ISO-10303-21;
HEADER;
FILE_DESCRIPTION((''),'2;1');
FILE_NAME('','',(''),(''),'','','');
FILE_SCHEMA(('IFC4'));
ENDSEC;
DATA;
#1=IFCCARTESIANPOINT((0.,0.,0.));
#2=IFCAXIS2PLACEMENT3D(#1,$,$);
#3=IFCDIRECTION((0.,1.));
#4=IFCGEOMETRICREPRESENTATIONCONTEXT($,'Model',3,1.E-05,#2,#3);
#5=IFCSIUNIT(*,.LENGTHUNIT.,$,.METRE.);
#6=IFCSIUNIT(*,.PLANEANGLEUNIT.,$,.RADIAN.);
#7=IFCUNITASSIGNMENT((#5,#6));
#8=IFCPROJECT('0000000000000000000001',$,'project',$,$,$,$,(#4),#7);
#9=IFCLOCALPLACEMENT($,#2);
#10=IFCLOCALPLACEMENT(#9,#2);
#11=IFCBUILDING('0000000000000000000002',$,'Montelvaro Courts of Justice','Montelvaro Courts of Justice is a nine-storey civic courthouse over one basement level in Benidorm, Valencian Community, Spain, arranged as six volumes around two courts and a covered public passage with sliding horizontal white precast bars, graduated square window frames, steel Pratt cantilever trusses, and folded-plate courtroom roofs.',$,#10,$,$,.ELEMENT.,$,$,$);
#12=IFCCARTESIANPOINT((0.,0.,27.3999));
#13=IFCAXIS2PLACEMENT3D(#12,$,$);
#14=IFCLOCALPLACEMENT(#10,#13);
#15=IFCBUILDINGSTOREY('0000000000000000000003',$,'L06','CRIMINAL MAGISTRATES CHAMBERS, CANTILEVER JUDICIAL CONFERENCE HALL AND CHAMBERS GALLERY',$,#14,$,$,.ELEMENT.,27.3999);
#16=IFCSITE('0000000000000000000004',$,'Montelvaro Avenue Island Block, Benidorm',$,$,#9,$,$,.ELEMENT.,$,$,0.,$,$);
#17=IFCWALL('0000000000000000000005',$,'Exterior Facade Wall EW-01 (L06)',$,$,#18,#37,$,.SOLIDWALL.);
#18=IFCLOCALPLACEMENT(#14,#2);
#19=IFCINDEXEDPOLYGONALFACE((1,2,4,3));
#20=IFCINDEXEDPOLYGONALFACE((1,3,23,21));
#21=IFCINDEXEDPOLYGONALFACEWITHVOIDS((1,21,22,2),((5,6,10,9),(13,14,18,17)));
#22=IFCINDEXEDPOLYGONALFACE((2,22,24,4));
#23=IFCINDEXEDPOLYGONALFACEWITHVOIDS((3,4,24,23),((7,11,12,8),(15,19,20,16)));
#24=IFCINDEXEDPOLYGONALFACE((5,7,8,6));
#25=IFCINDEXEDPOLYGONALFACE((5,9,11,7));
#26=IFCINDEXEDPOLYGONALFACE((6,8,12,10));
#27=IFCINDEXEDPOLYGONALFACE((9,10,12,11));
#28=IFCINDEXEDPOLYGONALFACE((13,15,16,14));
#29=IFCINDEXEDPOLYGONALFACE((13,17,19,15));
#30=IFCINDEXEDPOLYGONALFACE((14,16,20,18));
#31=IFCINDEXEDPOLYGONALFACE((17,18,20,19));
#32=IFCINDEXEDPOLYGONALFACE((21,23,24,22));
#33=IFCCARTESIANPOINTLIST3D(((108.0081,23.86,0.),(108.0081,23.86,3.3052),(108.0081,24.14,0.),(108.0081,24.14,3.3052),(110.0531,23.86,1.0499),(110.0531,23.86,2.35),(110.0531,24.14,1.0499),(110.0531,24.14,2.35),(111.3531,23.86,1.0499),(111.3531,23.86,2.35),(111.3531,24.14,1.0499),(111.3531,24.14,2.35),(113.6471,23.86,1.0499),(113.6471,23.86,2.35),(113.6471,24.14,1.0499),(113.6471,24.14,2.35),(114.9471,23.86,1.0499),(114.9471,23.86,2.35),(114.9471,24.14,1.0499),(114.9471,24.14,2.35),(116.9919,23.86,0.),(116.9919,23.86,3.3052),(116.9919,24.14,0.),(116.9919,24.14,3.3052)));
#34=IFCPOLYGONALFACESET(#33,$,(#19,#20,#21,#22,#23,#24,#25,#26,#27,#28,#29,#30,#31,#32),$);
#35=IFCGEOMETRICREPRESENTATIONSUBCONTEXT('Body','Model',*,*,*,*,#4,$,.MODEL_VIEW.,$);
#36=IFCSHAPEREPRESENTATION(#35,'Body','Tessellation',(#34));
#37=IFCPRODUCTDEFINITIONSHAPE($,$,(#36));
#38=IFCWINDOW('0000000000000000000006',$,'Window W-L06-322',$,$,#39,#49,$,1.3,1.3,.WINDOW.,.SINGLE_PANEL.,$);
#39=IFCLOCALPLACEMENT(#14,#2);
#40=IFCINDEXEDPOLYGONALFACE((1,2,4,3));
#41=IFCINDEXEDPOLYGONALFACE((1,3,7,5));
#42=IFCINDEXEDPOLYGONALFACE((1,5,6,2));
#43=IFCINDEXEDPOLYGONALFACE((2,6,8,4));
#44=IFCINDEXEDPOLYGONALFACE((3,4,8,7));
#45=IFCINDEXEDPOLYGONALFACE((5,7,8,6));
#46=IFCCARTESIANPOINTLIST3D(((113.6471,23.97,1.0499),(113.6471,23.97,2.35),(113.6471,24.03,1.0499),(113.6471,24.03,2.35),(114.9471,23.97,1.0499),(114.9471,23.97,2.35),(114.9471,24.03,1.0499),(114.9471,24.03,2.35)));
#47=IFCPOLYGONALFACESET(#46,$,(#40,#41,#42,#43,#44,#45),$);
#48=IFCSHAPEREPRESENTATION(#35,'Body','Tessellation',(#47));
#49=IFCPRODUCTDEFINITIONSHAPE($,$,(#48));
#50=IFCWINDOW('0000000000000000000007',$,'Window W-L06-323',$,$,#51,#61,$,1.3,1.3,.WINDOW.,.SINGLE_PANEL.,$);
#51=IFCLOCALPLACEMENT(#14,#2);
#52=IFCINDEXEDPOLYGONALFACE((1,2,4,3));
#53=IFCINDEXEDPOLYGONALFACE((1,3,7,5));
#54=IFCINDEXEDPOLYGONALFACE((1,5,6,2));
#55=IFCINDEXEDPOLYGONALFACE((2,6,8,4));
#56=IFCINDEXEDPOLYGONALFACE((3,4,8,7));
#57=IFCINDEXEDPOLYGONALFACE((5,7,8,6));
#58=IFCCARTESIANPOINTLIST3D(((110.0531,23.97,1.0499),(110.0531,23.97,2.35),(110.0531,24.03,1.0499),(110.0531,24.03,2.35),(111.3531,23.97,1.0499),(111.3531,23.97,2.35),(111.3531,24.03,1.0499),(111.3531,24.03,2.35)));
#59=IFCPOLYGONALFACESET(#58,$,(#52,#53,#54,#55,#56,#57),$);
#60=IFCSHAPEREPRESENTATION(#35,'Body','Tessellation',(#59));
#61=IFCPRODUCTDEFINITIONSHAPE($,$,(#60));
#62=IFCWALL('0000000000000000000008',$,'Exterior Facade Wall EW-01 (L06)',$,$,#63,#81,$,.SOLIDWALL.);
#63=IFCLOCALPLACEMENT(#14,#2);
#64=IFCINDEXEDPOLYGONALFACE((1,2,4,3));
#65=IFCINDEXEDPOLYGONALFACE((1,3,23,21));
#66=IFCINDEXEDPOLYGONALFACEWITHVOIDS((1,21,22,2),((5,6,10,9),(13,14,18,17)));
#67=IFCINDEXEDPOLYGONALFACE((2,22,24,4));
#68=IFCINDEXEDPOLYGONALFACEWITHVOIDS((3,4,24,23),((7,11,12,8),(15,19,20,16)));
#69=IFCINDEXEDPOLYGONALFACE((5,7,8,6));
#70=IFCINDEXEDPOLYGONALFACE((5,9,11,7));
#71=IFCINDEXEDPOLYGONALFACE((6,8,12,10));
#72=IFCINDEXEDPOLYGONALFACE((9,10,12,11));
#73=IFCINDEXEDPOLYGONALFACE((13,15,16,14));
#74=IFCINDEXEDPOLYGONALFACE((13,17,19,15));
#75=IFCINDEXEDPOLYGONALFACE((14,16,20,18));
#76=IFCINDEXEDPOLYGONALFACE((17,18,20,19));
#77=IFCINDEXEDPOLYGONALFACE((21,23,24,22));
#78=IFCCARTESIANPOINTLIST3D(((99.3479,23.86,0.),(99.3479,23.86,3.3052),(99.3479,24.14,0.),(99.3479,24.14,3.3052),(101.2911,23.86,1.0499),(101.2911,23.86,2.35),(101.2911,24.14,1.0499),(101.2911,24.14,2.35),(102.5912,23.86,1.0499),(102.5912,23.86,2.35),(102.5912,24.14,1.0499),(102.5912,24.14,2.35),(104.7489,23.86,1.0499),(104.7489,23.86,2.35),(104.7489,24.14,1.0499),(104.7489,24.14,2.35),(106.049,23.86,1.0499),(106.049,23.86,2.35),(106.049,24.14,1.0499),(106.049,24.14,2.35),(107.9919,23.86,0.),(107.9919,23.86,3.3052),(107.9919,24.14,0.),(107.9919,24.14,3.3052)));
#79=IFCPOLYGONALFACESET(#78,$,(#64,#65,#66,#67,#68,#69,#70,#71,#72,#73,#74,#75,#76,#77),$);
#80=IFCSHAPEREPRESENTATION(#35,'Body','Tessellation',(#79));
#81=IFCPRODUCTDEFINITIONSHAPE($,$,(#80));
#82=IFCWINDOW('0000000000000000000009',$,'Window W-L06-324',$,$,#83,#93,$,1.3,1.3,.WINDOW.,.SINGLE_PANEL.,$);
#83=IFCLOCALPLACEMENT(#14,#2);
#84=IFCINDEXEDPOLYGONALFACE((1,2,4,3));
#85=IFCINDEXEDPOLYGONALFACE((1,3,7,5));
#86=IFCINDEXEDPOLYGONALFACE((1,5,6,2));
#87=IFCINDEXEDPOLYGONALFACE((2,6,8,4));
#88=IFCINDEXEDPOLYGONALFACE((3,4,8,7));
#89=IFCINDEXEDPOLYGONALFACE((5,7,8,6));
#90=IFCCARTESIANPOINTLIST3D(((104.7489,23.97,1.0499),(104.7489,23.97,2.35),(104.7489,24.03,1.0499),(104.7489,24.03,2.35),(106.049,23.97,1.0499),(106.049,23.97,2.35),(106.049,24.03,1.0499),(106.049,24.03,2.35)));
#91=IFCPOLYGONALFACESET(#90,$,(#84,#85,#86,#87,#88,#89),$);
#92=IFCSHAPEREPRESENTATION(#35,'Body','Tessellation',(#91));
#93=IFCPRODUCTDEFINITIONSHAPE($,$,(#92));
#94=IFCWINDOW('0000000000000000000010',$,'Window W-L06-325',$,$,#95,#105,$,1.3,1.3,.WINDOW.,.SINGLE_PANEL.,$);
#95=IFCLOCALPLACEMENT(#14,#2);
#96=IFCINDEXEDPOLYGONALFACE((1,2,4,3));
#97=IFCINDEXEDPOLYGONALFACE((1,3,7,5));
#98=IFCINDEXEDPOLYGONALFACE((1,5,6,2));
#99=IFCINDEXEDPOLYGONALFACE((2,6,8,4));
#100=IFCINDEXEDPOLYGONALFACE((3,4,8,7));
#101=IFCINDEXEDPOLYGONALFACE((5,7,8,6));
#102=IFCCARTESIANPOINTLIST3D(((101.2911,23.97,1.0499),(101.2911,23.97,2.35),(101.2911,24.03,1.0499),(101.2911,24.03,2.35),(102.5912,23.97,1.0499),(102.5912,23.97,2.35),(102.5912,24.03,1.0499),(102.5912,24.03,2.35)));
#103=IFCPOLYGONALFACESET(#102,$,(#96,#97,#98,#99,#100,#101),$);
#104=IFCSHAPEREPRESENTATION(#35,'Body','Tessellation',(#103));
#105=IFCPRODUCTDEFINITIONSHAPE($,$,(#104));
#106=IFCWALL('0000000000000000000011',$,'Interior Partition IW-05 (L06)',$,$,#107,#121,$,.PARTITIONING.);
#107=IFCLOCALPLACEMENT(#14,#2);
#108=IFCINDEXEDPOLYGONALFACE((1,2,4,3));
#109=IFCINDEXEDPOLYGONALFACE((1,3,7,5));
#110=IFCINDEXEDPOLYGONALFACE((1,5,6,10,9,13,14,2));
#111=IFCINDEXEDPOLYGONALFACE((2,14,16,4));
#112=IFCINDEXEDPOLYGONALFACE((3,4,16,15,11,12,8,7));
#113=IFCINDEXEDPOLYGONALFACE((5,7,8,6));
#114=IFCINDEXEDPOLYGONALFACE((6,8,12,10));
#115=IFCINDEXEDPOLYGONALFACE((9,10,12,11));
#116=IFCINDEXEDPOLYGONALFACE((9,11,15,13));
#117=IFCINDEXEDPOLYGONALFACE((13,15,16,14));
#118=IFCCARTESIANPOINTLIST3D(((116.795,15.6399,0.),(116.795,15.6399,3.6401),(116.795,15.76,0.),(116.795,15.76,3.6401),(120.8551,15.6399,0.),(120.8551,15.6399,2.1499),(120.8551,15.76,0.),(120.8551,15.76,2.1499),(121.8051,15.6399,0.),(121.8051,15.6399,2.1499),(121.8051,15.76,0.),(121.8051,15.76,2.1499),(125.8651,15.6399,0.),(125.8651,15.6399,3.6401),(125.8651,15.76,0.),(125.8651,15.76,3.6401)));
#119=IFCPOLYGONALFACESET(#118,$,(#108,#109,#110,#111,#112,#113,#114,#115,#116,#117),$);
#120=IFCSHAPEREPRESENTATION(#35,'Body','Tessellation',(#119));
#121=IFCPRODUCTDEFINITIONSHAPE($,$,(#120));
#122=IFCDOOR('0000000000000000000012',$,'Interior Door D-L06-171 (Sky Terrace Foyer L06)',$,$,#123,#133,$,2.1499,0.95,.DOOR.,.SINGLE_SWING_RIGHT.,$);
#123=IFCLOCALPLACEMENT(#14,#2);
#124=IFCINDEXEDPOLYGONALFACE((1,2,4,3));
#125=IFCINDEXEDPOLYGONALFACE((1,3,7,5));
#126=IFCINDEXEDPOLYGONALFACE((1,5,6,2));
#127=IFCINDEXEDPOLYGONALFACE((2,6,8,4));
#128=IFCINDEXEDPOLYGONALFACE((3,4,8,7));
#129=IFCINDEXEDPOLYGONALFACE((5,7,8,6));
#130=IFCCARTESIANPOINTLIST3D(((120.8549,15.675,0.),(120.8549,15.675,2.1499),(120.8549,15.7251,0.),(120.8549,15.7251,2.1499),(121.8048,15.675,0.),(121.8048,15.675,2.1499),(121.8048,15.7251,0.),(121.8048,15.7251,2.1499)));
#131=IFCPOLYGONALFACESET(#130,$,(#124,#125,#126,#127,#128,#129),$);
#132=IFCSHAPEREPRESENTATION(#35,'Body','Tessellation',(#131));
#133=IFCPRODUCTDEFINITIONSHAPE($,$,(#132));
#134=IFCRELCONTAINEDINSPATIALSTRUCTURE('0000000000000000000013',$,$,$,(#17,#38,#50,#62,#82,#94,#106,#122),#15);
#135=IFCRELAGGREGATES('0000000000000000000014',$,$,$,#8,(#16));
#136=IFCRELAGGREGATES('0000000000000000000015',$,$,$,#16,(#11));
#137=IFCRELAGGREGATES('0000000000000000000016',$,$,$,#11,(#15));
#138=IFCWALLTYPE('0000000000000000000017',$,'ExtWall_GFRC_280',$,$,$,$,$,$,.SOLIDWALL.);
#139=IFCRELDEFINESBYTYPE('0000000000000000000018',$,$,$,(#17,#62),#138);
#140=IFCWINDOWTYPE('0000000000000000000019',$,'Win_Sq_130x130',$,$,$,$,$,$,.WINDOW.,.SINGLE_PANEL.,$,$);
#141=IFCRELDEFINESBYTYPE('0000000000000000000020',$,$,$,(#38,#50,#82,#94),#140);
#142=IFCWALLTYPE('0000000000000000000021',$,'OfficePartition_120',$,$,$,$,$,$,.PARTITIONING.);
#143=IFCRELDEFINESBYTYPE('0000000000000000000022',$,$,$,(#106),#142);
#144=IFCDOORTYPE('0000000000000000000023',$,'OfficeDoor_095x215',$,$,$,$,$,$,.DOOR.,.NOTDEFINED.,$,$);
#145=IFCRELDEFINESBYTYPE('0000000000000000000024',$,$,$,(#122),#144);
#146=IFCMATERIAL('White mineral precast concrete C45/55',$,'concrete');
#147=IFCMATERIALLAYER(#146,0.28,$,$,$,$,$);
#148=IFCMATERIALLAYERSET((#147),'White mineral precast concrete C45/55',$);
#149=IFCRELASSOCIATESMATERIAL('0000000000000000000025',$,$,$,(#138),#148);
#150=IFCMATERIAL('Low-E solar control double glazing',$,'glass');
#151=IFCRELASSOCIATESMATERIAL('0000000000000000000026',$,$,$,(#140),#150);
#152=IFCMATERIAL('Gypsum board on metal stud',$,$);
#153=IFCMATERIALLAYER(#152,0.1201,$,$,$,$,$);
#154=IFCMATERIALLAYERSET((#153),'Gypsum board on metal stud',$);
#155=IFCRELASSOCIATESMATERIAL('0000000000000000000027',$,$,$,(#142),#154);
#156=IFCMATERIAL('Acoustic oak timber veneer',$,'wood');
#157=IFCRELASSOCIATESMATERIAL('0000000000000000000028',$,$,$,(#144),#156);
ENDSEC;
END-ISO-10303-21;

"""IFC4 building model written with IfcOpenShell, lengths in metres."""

from ifc_helpers import new_model, si_unit, direction, frame, frame_2d, origin, place, context, subcontext, project, spatial, rectangle, extrude, material, layer, layer_set, type_object, element, fill, save


model = new_model("IFC4")

# Units and contexts
model_context = context("Model", 3, precision=1e-05, world=origin(), true_north=direction((0.0, 1.0)))
body_context = subcontext(model_context, "Body", "Model", "MODEL_VIEW")
ifc_project = project(units=[si_unit("LENGTHUNIT", "METRE"), si_unit("PLANEANGLEUNIT", "RADIAN")], contexts=[model_context])

# Site, building, storey
site_placement = place(None, origin())
site = spatial("IfcSite", under=ifc_project, at=site_placement, Name="Montelvaro Avenue Island Block, Benidorm", CompositionType="ELEMENT", RefElevation=0.0)
building_placement = place(site_placement, origin())
building = spatial("IfcBuilding", under=site, at=building_placement, Name="Montelvaro Courts of Justice", Description="Montelvaro Courts of Justice is a nine-storey civic courthouse over one basement level in Benidorm, Valencian Community, Spain, arranged as six volumes around two courts and a covered public passage with sliding horizontal white precast bars, graduated square window frames, steel Pratt cantilever trusses, and folded-plate courtroom roofs.", CompositionType="ELEMENT")
storey_placement = place(building_placement, frame((0.0, 0.0, 27.3999)))
storey = spatial("IfcBuildingStorey", under=building, at=storey_placement, Name="L06", Description="CRIMINAL MAGISTRATES CHAMBERS, CANTILEVER JUDICIAL CONFERENCE HALL AND CHAMBERS GALLERY", CompositionType="ELEMENT", Elevation=27.3999)

# Shared definitions
ifc_material_1 = material(Name="White mineral precast concrete C45/55", Category="concrete")

# Walls, openings, windows
ifc_layer_1 = layer(ifc_material_1, 0.28)
ifc_layer_set_1 = layer_set([ifc_layer_1], Name="White mineral precast concrete C45/55")
wall_type_1 = type_object("IfcWallType", Name="ExtWall_GFRC_280", PredefinedType="SOLIDWALL", material=ifc_layer_set_1)
wall_1_placement = place(storey_placement, frame((116.9919, 24.0, 0.0), z_axis=(0.0, 0.0, 1.0), x_axis=(-1.0, 0.0, 0.0)))
wall_1 = element("IfcWall", 1, at=wall_1_placement, inside=storey, type_object=wall_type_1, Name="Exterior Facade Wall EW-01 (L06)", PredefinedType="SOLIDWALL", context=body_context, shape_type="SweptSolid", body=[
    extrude(rectangle(XDim=8.9839, YDim=0.28, at=frame_2d((4.4919, 0.0))), origin(), (0.0, 0.0, 1.0), 3.3052),
])
opening_1_placement = place(wall_1_placement, frame((2.0449, 0.0, 1.05)))
opening_1 = element("IfcOpeningElement", 2, at=opening_1_placement, cuts=wall_1, PredefinedType="OPENING", context=body_context, shape_type="SweptSolid", body=[
    extrude(rectangle(XDim=1.3, YDim=1.3, at=frame_2d((0.6499, 0.6499))), frame((0.0, 0.1548, 0.0), z_axis=(0.0, -1.0, 0.0), x_axis=(1.0, 0.0, 0.0)), (0.0, 0.0, 1.0), 0.3098),
])
opening_2_placement = place(wall_1_placement, frame((5.6389, 0.0, 1.05)))
opening_2 = element("IfcOpeningElement", 3, at=opening_2_placement, cuts=wall_1, PredefinedType="OPENING", context=body_context, shape_type="SweptSolid", body=[
    extrude(rectangle(XDim=1.3, YDim=1.3, at=frame_2d((0.6499, 0.6499))), frame((0.0, 0.1548, 0.0), z_axis=(0.0, -1.0, 0.0), x_axis=(1.0, 0.0, 0.0)), (0.0, 0.0, 1.0), 0.3098),
])
ifc_material_2 = material(Name="Low-E solar control double glazing", Category="glass")
window_type = type_object("IfcWindowType", Name="Win_Sq_130x130", PartitioningType="SINGLE_PANEL", PredefinedType="WINDOW", material=ifc_material_2)
window_1_placement = place(opening_1_placement, origin())
window_1 = element("IfcWindow", 4, at=window_1_placement, inside=storey, type_object=window_type, Name="Window W-L06-322", OverallHeight=1.3, OverallWidth=1.3, PartitioningType="SINGLE_PANEL", PredefinedType="WINDOW", context=body_context, shape_type="SweptSolid", body=[
    extrude(rectangle(XDim=1.3, YDim=1.3, at=frame_2d((0.6499, 0.6499))), frame((0.0, 0.03, 0.0), z_axis=(0.0, -1.0, 0.0), x_axis=(1.0, 0.0, 0.0)), (0.0, 0.0, 1.0), 0.0601),
])
fill(opening_1, window_1)
window_2_placement = place(opening_2_placement, origin())
window_2 = element("IfcWindow", 5, at=window_2_placement, inside=storey, type_object=window_type, Name="Window W-L06-323", OverallHeight=1.3, OverallWidth=1.3, PartitioningType="SINGLE_PANEL", PredefinedType="WINDOW", context=body_context, shape_type="SweptSolid", body=[
    extrude(rectangle(XDim=1.3, YDim=1.3, at=frame_2d((0.6499, 0.6499))), frame((0.0, 0.03, 0.0), z_axis=(0.0, -1.0, 0.0), x_axis=(1.0, 0.0, 0.0)), (0.0, 0.0, 1.0), 0.0601),
])
fill(opening_2, window_2)
wall_2_placement = place(storey_placement, frame((107.9919, 24.0, 0.0), z_axis=(0.0, 0.0, 1.0), x_axis=(-1.0, 0.0, 0.0)))
wall_2 = element("IfcWall", 6, at=wall_2_placement, inside=storey, type_object=wall_type_1, Name="Exterior Facade Wall EW-01 (L06)", PredefinedType="SOLIDWALL", context=body_context, shape_type="SweptSolid", body=[
    extrude(rectangle(XDim=8.644, YDim=0.28, at=frame_2d((4.322, 0.0))), origin(), (0.0, 0.0, 1.0), 3.3052),
])
opening_3_placement = place(wall_2_placement, frame((1.9431, 0.0, 1.05)))
opening_3 = element("IfcOpeningElement", 7, at=opening_3_placement, cuts=wall_2, PredefinedType="OPENING", context=body_context, shape_type="SweptSolid", body=[
    extrude(rectangle(XDim=1.3, YDim=1.3, at=frame_2d((0.6499, 0.6499))), frame((0.0, 0.1548, 0.0), z_axis=(0.0, -1.0, 0.0), x_axis=(1.0, 0.0, 0.0)), (0.0, 0.0, 1.0), 0.3098),
])
opening_4_placement = place(wall_2_placement, frame((5.4009, 0.0, 1.05)))
opening_4 = element("IfcOpeningElement", 8, at=opening_4_placement, cuts=wall_2, PredefinedType="OPENING", context=body_context, shape_type="SweptSolid", body=[
    extrude(rectangle(XDim=1.3, YDim=1.3, at=frame_2d((0.6499, 0.6499))), frame((0.0, 0.1548, 0.0), z_axis=(0.0, -1.0, 0.0), x_axis=(1.0, 0.0, 0.0)), (0.0, 0.0, 1.0), 0.3098),
])
window_3_placement = place(opening_3_placement, origin())
window_3 = element("IfcWindow", 9, at=window_3_placement, inside=storey, type_object=window_type, Name="Window W-L06-324", OverallHeight=1.3, OverallWidth=1.3, PartitioningType="SINGLE_PANEL", PredefinedType="WINDOW", context=body_context, shape_type="SweptSolid", body=[
    extrude(rectangle(XDim=1.3, YDim=1.3, at=frame_2d((0.6499, 0.6499))), frame((0.0, 0.03, 0.0), z_axis=(0.0, -1.0, 0.0), x_axis=(1.0, 0.0, 0.0)), (0.0, 0.0, 1.0), 0.0601),
])
fill(opening_3, window_3)
window_4_placement = place(opening_4_placement, origin())
window_4 = element("IfcWindow", 10, at=window_4_placement, inside=storey, type_object=window_type, Name="Window W-L06-325", OverallHeight=1.3, OverallWidth=1.3, PartitioningType="SINGLE_PANEL", PredefinedType="WINDOW", context=body_context, shape_type="SweptSolid", body=[
    extrude(rectangle(XDim=1.3, YDim=1.3, at=frame_2d((0.6499, 0.6499))), frame((0.0, 0.03, 0.0), z_axis=(0.0, -1.0, 0.0), x_axis=(1.0, 0.0, 0.0)), (0.0, 0.0, 1.0), 0.0601),
])
fill(opening_4, window_4)

# Wall, opening, door
ifc_material_3 = material(Name="Gypsum board on metal stud")
ifc_layer_2 = layer(ifc_material_3, 0.1201)
ifc_layer_set_2 = layer_set([ifc_layer_2], Name="Gypsum board on metal stud")
wall_type_2 = type_object("IfcWallType", Name="OfficePartition_120", PredefinedType="PARTITIONING", material=ifc_layer_set_2)
wall_3_placement = place(storey_placement, frame((116.7949, 15.7, 0.0), z_axis=(0.0, 0.0, 1.0), x_axis=(1.0, 0.0, 0.0)))
wall_3 = element("IfcWall", 11, at=wall_3_placement, inside=storey, type_object=wall_type_2, Name="Interior Partition IW-05 (L06)", PredefinedType="PARTITIONING", context=body_context, shape_type="SweptSolid", body=[
    extrude(rectangle(XDim=9.0701, YDim=0.1201, at=frame_2d((4.5352, 0.0))), origin(), (0.0, 0.0, 1.0), 3.6401),
])
opening_5_placement = place(wall_3_placement, frame((4.0601, 0.0, 0.0)))
opening_5 = element("IfcOpeningElement", 12, at=opening_5_placement, cuts=wall_3, PredefinedType="OPENING", context=body_context, shape_type="SweptSolid", body=[
    extrude(rectangle(XDim=0.95, YDim=2.1499, at=frame_2d((0.4751, 1.075))), frame((0.0, 0.075, 0.0), z_axis=(0.0, -1.0, 0.0), x_axis=(1.0, 0.0, 0.0)), (0.0, 0.0, 1.0), 0.1499),
])
ifc_material_4 = material(Name="Acoustic oak timber veneer", Category="wood")
door_type = type_object("IfcDoorType", Name="OfficeDoor_095x215", OperationType="NOTDEFINED", PredefinedType="DOOR", material=ifc_material_4)
door_placement = place(opening_5_placement, frame((0.95, 0.0, 0.0), z_axis=(0.0, 0.0, 1.0), x_axis=(-1.0, 0.0, 0.0)))
door = element("IfcDoor", 13, at=door_placement, inside=storey, type_object=door_type, Name="Interior Door D-L06-171 (Sky Terrace Foyer L06)", OperationType="SINGLE_SWING_RIGHT", OverallHeight=2.1499, OverallWidth=0.95, PredefinedType="DOOR", context=body_context, shape_type="SweptSolid", body=[
    extrude(rectangle(XDim=0.95, YDim=2.1499, at=frame_2d((0.4751, 1.075))), frame((0.0, 0.0249, 0.0), z_axis=(0.0, -1.0, 0.0), x_axis=(1.0, 0.0, 0.0)), (0.0, 0.0, 1.0), 0.05),
])
fill(opening_5, door)

save(model, "model.ifc")
